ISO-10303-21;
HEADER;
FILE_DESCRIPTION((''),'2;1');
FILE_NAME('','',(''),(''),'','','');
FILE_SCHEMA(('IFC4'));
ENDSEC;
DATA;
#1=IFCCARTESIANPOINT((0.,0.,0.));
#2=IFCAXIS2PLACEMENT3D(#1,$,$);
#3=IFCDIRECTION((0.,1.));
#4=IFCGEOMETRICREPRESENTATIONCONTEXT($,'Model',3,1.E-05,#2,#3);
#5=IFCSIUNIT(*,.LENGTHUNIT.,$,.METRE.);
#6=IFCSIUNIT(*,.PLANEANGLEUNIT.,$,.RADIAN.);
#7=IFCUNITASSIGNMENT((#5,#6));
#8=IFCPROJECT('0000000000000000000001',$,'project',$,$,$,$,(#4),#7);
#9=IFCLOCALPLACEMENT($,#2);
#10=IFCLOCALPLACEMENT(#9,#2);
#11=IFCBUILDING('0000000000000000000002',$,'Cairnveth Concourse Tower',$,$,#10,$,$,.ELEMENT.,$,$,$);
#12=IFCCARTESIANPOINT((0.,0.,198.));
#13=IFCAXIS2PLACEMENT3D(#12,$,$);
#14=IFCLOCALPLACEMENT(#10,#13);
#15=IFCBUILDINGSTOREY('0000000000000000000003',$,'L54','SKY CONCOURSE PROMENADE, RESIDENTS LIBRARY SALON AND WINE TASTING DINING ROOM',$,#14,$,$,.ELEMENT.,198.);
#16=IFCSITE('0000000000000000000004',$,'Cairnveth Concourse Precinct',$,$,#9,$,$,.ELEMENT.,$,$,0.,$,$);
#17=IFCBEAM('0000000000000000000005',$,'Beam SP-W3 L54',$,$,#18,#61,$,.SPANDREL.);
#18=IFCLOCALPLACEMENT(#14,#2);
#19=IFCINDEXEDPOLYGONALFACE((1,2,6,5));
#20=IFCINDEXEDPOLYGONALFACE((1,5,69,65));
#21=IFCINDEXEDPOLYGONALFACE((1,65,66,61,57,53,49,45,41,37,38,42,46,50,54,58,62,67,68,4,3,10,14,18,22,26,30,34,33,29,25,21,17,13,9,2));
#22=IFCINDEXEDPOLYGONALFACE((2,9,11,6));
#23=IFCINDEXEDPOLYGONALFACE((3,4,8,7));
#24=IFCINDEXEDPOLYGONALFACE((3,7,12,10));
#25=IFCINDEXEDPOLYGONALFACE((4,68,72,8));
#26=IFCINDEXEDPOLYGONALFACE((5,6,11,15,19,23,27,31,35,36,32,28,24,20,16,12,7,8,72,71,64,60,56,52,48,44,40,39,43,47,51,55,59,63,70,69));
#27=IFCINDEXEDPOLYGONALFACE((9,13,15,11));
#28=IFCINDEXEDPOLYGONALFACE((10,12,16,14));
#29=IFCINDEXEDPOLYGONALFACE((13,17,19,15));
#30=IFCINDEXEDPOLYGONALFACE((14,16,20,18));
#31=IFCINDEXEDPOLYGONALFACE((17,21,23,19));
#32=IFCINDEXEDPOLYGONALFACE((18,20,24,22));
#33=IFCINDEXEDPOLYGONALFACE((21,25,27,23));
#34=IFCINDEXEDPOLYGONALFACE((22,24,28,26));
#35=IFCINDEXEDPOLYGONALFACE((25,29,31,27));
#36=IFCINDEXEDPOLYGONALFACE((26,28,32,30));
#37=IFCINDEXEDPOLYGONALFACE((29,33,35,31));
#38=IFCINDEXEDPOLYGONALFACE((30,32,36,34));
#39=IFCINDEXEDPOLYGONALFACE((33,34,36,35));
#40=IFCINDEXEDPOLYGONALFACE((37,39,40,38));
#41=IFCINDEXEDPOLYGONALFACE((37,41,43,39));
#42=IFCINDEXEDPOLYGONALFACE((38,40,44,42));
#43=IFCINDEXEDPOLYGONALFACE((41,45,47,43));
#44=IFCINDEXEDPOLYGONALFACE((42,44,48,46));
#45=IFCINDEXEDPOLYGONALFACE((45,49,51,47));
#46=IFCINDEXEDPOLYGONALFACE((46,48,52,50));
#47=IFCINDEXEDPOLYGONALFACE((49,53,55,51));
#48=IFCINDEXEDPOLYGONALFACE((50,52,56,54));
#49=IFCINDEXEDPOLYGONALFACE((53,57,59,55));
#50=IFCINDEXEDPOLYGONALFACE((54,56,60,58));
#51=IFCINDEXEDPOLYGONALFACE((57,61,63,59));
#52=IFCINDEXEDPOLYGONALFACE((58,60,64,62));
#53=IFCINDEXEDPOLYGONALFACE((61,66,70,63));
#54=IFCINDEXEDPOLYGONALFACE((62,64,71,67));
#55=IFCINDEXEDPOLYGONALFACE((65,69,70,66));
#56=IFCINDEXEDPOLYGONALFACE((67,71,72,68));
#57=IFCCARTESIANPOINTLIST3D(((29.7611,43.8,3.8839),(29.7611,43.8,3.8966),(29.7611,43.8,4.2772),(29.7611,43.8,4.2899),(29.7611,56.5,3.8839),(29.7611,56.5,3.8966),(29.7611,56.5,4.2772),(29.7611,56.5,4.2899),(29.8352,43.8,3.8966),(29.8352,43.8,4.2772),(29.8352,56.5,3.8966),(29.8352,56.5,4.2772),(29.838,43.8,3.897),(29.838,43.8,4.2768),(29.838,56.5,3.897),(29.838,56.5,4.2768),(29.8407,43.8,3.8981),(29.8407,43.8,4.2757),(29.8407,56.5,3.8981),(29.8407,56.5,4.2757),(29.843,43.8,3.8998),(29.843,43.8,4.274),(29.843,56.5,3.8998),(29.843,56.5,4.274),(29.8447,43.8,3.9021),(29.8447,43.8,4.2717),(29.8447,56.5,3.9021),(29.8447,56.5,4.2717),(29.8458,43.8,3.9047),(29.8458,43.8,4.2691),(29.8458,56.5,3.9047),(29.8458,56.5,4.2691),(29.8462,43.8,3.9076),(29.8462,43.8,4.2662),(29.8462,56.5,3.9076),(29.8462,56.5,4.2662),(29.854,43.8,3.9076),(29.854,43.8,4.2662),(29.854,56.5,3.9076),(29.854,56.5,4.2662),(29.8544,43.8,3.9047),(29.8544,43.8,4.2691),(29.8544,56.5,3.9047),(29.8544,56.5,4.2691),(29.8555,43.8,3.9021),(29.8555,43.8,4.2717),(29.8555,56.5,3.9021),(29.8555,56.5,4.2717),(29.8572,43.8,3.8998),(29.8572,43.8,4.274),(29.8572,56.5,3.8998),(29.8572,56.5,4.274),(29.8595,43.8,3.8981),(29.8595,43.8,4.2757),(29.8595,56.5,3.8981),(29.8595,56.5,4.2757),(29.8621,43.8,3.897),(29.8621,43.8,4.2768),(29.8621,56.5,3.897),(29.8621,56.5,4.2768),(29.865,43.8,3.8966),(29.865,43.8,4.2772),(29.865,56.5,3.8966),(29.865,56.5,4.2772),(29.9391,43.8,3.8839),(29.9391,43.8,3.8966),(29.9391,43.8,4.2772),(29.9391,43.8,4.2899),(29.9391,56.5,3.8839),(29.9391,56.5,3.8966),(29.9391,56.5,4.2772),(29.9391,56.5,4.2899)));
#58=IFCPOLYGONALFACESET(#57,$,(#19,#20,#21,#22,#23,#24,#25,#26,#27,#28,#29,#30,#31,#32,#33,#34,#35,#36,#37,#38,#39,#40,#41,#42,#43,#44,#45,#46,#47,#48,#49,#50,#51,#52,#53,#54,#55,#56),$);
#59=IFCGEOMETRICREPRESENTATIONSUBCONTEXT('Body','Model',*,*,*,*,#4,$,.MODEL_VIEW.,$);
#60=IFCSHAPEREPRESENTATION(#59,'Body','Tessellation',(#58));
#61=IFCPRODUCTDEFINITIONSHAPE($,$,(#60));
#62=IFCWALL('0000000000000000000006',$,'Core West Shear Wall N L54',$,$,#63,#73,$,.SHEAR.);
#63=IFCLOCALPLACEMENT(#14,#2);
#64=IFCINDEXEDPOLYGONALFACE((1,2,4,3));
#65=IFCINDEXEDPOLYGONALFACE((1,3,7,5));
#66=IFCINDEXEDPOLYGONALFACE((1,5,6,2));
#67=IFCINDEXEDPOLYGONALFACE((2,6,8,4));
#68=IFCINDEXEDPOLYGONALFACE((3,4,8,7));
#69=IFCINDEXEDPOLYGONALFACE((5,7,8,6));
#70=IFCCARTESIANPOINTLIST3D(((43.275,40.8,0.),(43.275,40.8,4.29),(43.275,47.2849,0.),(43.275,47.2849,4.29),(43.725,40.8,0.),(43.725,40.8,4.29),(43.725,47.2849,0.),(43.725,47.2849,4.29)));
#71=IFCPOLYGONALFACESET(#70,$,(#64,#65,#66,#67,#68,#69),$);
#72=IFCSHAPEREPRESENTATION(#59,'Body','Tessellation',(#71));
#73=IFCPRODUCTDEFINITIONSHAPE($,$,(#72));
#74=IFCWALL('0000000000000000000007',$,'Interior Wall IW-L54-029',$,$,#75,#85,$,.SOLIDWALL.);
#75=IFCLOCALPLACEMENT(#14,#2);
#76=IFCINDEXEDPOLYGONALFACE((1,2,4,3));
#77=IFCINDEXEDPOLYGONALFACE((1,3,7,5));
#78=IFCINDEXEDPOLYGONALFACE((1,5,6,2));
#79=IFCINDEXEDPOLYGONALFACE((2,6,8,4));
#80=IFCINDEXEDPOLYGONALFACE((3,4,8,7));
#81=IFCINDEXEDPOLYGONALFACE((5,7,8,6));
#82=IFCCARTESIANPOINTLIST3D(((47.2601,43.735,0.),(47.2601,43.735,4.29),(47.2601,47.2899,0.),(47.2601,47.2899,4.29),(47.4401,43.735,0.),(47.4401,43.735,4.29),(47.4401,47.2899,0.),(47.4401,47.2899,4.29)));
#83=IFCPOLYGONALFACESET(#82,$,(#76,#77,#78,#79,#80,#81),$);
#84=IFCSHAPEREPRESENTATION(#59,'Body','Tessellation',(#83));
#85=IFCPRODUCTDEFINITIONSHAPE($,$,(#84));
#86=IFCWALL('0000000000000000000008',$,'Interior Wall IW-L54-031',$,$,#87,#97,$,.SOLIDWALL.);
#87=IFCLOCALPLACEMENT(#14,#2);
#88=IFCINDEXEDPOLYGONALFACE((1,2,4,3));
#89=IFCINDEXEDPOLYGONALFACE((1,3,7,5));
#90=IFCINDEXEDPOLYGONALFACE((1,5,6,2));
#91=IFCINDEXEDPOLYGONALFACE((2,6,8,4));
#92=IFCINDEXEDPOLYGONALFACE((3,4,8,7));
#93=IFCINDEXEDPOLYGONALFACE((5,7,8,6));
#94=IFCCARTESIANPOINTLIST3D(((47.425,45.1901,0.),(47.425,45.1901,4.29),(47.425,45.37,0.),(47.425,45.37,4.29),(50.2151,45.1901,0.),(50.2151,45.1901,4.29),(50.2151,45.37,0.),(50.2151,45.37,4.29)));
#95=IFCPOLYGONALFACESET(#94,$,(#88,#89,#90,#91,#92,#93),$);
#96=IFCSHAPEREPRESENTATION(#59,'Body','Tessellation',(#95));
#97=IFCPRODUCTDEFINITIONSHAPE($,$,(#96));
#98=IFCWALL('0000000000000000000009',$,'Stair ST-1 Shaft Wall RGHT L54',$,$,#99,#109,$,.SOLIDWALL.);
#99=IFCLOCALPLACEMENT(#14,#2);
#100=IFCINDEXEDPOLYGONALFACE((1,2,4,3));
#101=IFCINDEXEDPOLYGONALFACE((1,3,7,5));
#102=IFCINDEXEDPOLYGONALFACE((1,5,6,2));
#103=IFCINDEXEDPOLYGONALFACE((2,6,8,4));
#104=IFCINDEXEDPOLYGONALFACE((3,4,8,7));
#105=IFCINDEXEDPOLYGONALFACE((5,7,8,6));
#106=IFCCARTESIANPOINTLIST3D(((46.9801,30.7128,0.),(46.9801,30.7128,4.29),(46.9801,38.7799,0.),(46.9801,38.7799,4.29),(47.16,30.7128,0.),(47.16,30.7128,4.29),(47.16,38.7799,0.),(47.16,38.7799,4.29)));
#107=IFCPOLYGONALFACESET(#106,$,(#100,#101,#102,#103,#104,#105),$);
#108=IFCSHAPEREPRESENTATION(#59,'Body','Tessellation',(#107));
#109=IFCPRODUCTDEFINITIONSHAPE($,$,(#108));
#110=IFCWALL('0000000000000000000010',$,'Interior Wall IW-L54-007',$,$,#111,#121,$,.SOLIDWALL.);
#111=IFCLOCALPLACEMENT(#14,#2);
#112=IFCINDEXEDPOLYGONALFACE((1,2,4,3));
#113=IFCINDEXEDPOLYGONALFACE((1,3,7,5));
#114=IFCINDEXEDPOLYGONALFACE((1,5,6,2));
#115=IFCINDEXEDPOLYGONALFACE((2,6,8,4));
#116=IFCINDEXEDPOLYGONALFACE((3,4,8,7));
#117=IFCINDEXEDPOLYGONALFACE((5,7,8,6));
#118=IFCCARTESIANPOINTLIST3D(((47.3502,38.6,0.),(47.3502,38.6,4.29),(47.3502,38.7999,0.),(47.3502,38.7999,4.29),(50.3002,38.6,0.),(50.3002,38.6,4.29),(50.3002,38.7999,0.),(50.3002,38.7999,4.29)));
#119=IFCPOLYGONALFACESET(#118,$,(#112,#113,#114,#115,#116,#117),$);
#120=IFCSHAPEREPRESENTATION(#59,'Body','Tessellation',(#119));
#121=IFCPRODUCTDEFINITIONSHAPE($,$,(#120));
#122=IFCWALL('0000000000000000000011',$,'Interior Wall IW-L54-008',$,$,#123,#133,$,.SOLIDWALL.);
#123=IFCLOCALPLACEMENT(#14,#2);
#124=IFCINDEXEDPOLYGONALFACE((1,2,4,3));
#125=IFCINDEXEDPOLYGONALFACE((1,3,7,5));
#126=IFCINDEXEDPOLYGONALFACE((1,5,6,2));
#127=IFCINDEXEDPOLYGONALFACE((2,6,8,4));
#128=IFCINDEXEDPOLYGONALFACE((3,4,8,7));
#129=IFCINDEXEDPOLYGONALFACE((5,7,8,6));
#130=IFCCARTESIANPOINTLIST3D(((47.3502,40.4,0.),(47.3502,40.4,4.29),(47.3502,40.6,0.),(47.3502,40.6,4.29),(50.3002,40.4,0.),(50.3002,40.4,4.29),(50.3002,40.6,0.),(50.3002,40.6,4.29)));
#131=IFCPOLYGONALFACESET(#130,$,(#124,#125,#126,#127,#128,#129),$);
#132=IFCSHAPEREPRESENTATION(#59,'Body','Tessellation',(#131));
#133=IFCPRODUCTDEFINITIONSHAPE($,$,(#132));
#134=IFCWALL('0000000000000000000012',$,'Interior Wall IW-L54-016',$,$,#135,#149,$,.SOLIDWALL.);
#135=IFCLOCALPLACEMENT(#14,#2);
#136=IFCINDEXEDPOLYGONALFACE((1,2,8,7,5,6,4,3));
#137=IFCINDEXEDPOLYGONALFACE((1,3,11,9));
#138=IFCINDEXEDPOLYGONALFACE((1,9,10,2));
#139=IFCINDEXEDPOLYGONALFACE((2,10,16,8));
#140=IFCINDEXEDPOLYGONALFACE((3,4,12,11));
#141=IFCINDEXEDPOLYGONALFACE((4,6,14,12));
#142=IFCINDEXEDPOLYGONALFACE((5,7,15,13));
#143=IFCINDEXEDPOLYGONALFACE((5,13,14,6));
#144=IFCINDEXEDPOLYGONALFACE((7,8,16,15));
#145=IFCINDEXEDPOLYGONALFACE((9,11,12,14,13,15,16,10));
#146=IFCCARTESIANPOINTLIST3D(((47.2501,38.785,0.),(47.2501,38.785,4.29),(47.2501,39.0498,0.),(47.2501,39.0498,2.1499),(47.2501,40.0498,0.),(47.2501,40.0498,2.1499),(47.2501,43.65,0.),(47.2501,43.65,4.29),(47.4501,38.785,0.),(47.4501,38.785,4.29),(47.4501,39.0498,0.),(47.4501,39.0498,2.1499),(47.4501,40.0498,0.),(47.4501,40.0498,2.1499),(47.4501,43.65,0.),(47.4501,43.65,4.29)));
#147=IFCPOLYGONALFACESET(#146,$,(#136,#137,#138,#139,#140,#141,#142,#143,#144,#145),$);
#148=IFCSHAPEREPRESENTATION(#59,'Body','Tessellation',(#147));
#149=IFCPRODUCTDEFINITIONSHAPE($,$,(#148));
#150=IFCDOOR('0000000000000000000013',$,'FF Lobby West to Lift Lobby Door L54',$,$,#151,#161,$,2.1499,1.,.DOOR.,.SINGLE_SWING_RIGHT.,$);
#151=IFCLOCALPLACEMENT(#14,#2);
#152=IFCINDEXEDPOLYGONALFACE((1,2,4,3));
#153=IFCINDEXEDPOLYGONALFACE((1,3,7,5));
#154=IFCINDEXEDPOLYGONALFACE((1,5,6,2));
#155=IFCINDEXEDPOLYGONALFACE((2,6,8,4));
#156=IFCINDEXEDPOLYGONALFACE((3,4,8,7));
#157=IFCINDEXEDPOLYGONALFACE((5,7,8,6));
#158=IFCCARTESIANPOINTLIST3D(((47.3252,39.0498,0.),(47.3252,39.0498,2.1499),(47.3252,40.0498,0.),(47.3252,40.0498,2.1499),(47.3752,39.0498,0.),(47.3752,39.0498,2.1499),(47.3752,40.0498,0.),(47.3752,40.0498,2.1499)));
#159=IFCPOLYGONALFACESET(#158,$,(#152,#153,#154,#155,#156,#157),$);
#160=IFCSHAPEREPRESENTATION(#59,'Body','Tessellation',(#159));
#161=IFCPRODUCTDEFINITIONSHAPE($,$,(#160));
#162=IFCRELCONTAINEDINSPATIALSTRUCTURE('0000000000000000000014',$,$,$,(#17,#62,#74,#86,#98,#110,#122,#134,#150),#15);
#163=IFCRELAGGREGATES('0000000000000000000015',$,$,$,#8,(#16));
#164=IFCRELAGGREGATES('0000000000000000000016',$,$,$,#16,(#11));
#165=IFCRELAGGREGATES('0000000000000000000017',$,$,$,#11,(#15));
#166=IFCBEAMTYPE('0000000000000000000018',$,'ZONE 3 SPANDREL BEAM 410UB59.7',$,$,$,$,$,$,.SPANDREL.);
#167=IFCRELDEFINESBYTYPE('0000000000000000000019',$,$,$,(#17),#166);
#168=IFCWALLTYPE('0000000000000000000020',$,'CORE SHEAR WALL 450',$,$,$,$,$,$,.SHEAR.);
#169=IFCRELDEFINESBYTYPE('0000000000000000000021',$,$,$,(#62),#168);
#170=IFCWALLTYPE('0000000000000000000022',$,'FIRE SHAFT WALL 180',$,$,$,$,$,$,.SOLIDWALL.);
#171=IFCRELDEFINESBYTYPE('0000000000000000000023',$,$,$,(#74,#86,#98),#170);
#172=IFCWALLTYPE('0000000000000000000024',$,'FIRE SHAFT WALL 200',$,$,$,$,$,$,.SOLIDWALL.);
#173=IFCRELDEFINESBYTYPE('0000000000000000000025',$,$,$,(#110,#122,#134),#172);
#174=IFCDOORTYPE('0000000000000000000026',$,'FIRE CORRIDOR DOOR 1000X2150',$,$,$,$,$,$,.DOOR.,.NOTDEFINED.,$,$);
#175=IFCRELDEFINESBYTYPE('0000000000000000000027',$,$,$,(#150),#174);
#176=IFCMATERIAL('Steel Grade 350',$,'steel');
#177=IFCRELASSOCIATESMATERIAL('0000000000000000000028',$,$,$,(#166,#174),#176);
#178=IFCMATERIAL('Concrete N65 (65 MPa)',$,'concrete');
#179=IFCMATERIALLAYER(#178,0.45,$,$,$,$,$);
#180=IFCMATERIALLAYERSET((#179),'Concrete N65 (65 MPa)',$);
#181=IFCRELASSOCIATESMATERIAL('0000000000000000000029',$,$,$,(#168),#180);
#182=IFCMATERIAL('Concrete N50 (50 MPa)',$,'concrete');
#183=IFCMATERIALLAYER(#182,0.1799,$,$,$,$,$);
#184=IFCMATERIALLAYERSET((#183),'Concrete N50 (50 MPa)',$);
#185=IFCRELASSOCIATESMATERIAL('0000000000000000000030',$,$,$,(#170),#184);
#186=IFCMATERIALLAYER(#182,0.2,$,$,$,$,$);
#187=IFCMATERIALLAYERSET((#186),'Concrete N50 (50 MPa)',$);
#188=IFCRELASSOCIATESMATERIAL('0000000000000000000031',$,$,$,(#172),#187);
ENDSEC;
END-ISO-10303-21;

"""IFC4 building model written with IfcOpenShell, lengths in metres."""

from ifc_helpers import new_model, si_unit, direction, frame, frame_2d, origin, origin_2d, place, context, subcontext, project, spatial, rectangle, i_section, extrude, material, layer, layer_set, material_profile, profile_set, type_object, element, fill, save


model = new_model("IFC4")

# Units and contexts
model_context = context("Model", 3, precision=1e-05, world=origin(), true_north=direction((0.0, 1.0)))
body_context = subcontext(model_context, "Body", "Model", "MODEL_VIEW")
ifc_project = project(units=[si_unit("LENGTHUNIT", "METRE"), si_unit("PLANEANGLEUNIT", "RADIAN")], contexts=[model_context])

# Site, building, storey
site_placement = place(None, origin())
site = spatial("IfcSite", under=ifc_project, at=site_placement, Name="Cairnveth Concourse Precinct", CompositionType="ELEMENT", RefElevation=0.0)
building_placement = place(site_placement, origin())
building = spatial("IfcBuilding", under=site, at=building_placement, Name="Cairnveth Concourse Tower", CompositionType="ELEMENT")
storey_placement = place(building_placement, frame((0.0, 0.0, 198.0)))
storey = spatial("IfcBuildingStorey", under=building, at=storey_placement, Name="L54", Description="SKY CONCOURSE PROMENADE, RESIDENTS LIBRARY SALON AND WINE TASTING DINING ROOM", CompositionType="ELEMENT", Elevation=198.0)

# Shared definitions
ifc_material_1 = material(Name="Concrete N65 (65 MPa)", Category="concrete")

# Beam
ifc_material_2 = material(Name="Steel Grade 350", Category="steel")
ifc_material_profile_1 = material_profile(ifc_material_2, i_section(OverallWidth=0.178, OverallDepth=0.406, WebThickness=0.0078, FlangeThickness=0.0127, FilletRadius=0.011, at=origin_2d()), Name="410UB59.7")
ifc_profile_set_1 = profile_set([ifc_material_profile_1], Name="Steel Grade 350")
beam_type_1 = type_object("IfcBeamType", Name="ZONE 3 SPANDREL BEAM 410UB59.7", PredefinedType="SPANDREL", material=ifc_profile_set_1)
beam_1_placement = place(storey_placement, frame((29.8501, 43.8, 4.0869), z_axis=(0.0, 1.0, 0.0), x_axis=(-1.0, 0.0, 0.0)))
element("IfcBeam", 1, at=beam_1_placement, inside=storey, type_object=beam_type_1, Name="Beam SP-W3 L54", PredefinedType="SPANDREL", context=body_context, shape_type="SweptSolid", body=[
    extrude(i_section(OverallWidth=0.178, OverallDepth=0.406, WebThickness=0.0078, FlangeThickness=0.0127, FilletRadius=0.011, at=origin_2d()), origin(), (0.0, 0.0, 1.0), 12.7),
])

# Walls
ifc_layer_1 = layer(ifc_material_1, 0.45)
ifc_layer_set_1 = layer_set([ifc_layer_1], Name="Concrete N65 (65 MPa)")
wall_type_1 = type_object("IfcWallType", Name="CORE SHEAR WALL 450", PredefinedType="SHEAR", material=ifc_layer_set_1)
wall_1_placement = place(storey_placement, frame((43.5, 40.8, 0.0), z_axis=(0.0, 0.0, 1.0), x_axis=(0.0, 1.0, 0.0)))
element("IfcWall", 2, at=wall_1_placement, inside=storey, type_object=wall_type_1, Name="Core West Shear Wall N L54", PredefinedType="SHEAR", context=body_context, shape_type="SweptSolid", body=[
    extrude(rectangle(XDim=6.4849, YDim=0.45, at=frame_2d((3.2424, 0.0))), origin(), (0.0, 0.0, 1.0), 4.29),
])
ifc_material_3 = material(Name="Concrete N50 (50 MPa)", Category="concrete")
ifc_layer_2 = layer(ifc_material_3, 0.1799)
ifc_layer_set_2 = layer_set([ifc_layer_2], Name="Concrete N50 (50 MPa)")
wall_type_2 = type_object("IfcWallType", Name="FIRE SHAFT WALL 180", PredefinedType="SOLIDWALL", material=ifc_layer_set_2)
wall_2_placement = place(storey_placement, frame((47.3501, 43.7351, 0.0), z_axis=(0.0, 0.0, 1.0), x_axis=(0.0, 1.0, 0.0)))
element("IfcWall", 3, at=wall_2_placement, inside=storey, type_object=wall_type_2, Name="Interior Wall IW-L54-029", PredefinedType="SOLIDWALL", context=body_context, shape_type="SweptSolid", body=[
    extrude(rectangle(XDim=3.5549, YDim=0.1799, at=frame_2d((1.7773, 0.0))), origin(), (0.0, 0.0, 1.0), 4.29),
])
wall_3_placement = place(storey_placement, frame((47.425, 45.28, 0.0), z_axis=(0.0, 0.0, 1.0), x_axis=(1.0, 0.0, 0.0)))
element("IfcWall", 4, at=wall_3_placement, inside=storey, type_object=wall_type_2, Name="Interior Wall IW-L54-031", PredefinedType="SOLIDWALL", context=body_context, shape_type="SweptSolid", body=[
    extrude(rectangle(XDim=2.79, YDim=0.1799, at=frame_2d((1.395, 0.0))), origin(), (0.0, 0.0, 1.0), 4.29),
])

# Walls
wall_4_placement = place(storey_placement, frame((47.0701, 38.78, 0.0), z_axis=(0.0, 0.0, 1.0), x_axis=(0.0, -1.0, 0.0)))
element("IfcWall", 5, at=wall_4_placement, inside=storey, type_object=wall_type_2, Name="Stair ST-1 Shaft Wall RGHT L54", PredefinedType="SOLIDWALL", context=body_context, shape_type="SweptSolid", body=[
    extrude(rectangle(XDim=8.0671, YDim=0.1799, at=frame_2d((4.0337, 0.0))), origin(), (0.0, 0.0, 1.0), 4.29),
])
ifc_layer_3 = layer(ifc_material_3, 0.2)
ifc_layer_set_3 = layer_set([ifc_layer_3], Name="Concrete N50 (50 MPa)")
wall_type_3 = type_object("IfcWallType", Name="FIRE SHAFT WALL 200", PredefinedType="SOLIDWALL", material=ifc_layer_set_3)
for number, where, z_axis, x_axis, name in (
    (6, (47.3501, 38.7, 0.0), (0.0, 0.0, 1.0), (1.0, 0.0, 0.0), "Interior Wall IW-L54-007"),
    (7, (47.3501, 40.5, 0.0), (0.0, 0.0, 1.0), (1.0, 0.0, 0.0), "Interior Wall IW-L54-008"),
):
    element("IfcWall", number, at=place(storey_placement, frame(where, z_axis=z_axis, x_axis=x_axis)), inside=storey, type_object=wall_type_3, Name=name, PredefinedType="SOLIDWALL", context=body_context, shape_type="SweptSolid", body=[
        extrude(rectangle(XDim=2.95, YDim=0.2, at=frame_2d((1.4751, 0.0))), origin(), (0.0, 0.0, 1.0), 4.29),
    ])

# Wall, opening, door
wall_5_placement = place(storey_placement, frame((47.3501, 38.7849, 0.0), z_axis=(0.0, 0.0, 1.0), x_axis=(0.0, 1.0, 0.0)))
wall_5 = element("IfcWall", 8, at=wall_5_placement, inside=storey, type_object=wall_type_3, Name="Interior Wall IW-L54-016", PredefinedType="SOLIDWALL", context=body_context, shape_type="SweptSolid", body=[
    extrude(rectangle(XDim=4.865, YDim=0.2, at=frame_2d((2.4326, 0.0))), origin(), (0.0, 0.0, 1.0), 4.29),
])
opening_1_placement = place(wall_5_placement, frame((0.2649, 0.0, 0.0)))
opening_1 = element("IfcOpeningElement", 9, at=opening_1_placement, cuts=wall_5, PredefinedType="OPENING", context=body_context, shape_type="SweptSolid", body=[
    extrude(rectangle(XDim=1.0, YDim=2.1499, at=frame_2d((0.5, 1.075))), frame((0.0, 0.1099, 0.0), z_axis=(0.0, -1.0, 0.0), x_axis=(1.0, 0.0, 0.0)), (0.0, 0.0, 1.0), 0.22),
])
door_type_1 = type_object("IfcDoorType", Name="FIRE CORRIDOR DOOR 1000X2150", OperationType="NOTDEFINED", PredefinedType="DOOR", material=ifc_material_2)
door_1_placement = place(opening_1_placement, origin())
door_1 = element("IfcDoor", 10, at=door_1_placement, inside=storey, type_object=door_type_1, Name="FF Lobby West to Lift Lobby Door L54", OperationType="SINGLE_SWING_RIGHT", OverallHeight=2.1499, OverallWidth=1.0, PredefinedType="DOOR", context=body_context, shape_type="SweptSolid", body=[
    extrude(rectangle(XDim=1.0, YDim=2.1499, at=frame_2d((0.5, 1.075))), frame((0.0, 0.0249, 0.0), z_axis=(0.0, -1.0, 0.0), x_axis=(1.0, 0.0, 0.0)), (0.0, 0.0, 1.0), 0.05),
])
fill(opening_1, door_1)

save(model, "model.ifc")
